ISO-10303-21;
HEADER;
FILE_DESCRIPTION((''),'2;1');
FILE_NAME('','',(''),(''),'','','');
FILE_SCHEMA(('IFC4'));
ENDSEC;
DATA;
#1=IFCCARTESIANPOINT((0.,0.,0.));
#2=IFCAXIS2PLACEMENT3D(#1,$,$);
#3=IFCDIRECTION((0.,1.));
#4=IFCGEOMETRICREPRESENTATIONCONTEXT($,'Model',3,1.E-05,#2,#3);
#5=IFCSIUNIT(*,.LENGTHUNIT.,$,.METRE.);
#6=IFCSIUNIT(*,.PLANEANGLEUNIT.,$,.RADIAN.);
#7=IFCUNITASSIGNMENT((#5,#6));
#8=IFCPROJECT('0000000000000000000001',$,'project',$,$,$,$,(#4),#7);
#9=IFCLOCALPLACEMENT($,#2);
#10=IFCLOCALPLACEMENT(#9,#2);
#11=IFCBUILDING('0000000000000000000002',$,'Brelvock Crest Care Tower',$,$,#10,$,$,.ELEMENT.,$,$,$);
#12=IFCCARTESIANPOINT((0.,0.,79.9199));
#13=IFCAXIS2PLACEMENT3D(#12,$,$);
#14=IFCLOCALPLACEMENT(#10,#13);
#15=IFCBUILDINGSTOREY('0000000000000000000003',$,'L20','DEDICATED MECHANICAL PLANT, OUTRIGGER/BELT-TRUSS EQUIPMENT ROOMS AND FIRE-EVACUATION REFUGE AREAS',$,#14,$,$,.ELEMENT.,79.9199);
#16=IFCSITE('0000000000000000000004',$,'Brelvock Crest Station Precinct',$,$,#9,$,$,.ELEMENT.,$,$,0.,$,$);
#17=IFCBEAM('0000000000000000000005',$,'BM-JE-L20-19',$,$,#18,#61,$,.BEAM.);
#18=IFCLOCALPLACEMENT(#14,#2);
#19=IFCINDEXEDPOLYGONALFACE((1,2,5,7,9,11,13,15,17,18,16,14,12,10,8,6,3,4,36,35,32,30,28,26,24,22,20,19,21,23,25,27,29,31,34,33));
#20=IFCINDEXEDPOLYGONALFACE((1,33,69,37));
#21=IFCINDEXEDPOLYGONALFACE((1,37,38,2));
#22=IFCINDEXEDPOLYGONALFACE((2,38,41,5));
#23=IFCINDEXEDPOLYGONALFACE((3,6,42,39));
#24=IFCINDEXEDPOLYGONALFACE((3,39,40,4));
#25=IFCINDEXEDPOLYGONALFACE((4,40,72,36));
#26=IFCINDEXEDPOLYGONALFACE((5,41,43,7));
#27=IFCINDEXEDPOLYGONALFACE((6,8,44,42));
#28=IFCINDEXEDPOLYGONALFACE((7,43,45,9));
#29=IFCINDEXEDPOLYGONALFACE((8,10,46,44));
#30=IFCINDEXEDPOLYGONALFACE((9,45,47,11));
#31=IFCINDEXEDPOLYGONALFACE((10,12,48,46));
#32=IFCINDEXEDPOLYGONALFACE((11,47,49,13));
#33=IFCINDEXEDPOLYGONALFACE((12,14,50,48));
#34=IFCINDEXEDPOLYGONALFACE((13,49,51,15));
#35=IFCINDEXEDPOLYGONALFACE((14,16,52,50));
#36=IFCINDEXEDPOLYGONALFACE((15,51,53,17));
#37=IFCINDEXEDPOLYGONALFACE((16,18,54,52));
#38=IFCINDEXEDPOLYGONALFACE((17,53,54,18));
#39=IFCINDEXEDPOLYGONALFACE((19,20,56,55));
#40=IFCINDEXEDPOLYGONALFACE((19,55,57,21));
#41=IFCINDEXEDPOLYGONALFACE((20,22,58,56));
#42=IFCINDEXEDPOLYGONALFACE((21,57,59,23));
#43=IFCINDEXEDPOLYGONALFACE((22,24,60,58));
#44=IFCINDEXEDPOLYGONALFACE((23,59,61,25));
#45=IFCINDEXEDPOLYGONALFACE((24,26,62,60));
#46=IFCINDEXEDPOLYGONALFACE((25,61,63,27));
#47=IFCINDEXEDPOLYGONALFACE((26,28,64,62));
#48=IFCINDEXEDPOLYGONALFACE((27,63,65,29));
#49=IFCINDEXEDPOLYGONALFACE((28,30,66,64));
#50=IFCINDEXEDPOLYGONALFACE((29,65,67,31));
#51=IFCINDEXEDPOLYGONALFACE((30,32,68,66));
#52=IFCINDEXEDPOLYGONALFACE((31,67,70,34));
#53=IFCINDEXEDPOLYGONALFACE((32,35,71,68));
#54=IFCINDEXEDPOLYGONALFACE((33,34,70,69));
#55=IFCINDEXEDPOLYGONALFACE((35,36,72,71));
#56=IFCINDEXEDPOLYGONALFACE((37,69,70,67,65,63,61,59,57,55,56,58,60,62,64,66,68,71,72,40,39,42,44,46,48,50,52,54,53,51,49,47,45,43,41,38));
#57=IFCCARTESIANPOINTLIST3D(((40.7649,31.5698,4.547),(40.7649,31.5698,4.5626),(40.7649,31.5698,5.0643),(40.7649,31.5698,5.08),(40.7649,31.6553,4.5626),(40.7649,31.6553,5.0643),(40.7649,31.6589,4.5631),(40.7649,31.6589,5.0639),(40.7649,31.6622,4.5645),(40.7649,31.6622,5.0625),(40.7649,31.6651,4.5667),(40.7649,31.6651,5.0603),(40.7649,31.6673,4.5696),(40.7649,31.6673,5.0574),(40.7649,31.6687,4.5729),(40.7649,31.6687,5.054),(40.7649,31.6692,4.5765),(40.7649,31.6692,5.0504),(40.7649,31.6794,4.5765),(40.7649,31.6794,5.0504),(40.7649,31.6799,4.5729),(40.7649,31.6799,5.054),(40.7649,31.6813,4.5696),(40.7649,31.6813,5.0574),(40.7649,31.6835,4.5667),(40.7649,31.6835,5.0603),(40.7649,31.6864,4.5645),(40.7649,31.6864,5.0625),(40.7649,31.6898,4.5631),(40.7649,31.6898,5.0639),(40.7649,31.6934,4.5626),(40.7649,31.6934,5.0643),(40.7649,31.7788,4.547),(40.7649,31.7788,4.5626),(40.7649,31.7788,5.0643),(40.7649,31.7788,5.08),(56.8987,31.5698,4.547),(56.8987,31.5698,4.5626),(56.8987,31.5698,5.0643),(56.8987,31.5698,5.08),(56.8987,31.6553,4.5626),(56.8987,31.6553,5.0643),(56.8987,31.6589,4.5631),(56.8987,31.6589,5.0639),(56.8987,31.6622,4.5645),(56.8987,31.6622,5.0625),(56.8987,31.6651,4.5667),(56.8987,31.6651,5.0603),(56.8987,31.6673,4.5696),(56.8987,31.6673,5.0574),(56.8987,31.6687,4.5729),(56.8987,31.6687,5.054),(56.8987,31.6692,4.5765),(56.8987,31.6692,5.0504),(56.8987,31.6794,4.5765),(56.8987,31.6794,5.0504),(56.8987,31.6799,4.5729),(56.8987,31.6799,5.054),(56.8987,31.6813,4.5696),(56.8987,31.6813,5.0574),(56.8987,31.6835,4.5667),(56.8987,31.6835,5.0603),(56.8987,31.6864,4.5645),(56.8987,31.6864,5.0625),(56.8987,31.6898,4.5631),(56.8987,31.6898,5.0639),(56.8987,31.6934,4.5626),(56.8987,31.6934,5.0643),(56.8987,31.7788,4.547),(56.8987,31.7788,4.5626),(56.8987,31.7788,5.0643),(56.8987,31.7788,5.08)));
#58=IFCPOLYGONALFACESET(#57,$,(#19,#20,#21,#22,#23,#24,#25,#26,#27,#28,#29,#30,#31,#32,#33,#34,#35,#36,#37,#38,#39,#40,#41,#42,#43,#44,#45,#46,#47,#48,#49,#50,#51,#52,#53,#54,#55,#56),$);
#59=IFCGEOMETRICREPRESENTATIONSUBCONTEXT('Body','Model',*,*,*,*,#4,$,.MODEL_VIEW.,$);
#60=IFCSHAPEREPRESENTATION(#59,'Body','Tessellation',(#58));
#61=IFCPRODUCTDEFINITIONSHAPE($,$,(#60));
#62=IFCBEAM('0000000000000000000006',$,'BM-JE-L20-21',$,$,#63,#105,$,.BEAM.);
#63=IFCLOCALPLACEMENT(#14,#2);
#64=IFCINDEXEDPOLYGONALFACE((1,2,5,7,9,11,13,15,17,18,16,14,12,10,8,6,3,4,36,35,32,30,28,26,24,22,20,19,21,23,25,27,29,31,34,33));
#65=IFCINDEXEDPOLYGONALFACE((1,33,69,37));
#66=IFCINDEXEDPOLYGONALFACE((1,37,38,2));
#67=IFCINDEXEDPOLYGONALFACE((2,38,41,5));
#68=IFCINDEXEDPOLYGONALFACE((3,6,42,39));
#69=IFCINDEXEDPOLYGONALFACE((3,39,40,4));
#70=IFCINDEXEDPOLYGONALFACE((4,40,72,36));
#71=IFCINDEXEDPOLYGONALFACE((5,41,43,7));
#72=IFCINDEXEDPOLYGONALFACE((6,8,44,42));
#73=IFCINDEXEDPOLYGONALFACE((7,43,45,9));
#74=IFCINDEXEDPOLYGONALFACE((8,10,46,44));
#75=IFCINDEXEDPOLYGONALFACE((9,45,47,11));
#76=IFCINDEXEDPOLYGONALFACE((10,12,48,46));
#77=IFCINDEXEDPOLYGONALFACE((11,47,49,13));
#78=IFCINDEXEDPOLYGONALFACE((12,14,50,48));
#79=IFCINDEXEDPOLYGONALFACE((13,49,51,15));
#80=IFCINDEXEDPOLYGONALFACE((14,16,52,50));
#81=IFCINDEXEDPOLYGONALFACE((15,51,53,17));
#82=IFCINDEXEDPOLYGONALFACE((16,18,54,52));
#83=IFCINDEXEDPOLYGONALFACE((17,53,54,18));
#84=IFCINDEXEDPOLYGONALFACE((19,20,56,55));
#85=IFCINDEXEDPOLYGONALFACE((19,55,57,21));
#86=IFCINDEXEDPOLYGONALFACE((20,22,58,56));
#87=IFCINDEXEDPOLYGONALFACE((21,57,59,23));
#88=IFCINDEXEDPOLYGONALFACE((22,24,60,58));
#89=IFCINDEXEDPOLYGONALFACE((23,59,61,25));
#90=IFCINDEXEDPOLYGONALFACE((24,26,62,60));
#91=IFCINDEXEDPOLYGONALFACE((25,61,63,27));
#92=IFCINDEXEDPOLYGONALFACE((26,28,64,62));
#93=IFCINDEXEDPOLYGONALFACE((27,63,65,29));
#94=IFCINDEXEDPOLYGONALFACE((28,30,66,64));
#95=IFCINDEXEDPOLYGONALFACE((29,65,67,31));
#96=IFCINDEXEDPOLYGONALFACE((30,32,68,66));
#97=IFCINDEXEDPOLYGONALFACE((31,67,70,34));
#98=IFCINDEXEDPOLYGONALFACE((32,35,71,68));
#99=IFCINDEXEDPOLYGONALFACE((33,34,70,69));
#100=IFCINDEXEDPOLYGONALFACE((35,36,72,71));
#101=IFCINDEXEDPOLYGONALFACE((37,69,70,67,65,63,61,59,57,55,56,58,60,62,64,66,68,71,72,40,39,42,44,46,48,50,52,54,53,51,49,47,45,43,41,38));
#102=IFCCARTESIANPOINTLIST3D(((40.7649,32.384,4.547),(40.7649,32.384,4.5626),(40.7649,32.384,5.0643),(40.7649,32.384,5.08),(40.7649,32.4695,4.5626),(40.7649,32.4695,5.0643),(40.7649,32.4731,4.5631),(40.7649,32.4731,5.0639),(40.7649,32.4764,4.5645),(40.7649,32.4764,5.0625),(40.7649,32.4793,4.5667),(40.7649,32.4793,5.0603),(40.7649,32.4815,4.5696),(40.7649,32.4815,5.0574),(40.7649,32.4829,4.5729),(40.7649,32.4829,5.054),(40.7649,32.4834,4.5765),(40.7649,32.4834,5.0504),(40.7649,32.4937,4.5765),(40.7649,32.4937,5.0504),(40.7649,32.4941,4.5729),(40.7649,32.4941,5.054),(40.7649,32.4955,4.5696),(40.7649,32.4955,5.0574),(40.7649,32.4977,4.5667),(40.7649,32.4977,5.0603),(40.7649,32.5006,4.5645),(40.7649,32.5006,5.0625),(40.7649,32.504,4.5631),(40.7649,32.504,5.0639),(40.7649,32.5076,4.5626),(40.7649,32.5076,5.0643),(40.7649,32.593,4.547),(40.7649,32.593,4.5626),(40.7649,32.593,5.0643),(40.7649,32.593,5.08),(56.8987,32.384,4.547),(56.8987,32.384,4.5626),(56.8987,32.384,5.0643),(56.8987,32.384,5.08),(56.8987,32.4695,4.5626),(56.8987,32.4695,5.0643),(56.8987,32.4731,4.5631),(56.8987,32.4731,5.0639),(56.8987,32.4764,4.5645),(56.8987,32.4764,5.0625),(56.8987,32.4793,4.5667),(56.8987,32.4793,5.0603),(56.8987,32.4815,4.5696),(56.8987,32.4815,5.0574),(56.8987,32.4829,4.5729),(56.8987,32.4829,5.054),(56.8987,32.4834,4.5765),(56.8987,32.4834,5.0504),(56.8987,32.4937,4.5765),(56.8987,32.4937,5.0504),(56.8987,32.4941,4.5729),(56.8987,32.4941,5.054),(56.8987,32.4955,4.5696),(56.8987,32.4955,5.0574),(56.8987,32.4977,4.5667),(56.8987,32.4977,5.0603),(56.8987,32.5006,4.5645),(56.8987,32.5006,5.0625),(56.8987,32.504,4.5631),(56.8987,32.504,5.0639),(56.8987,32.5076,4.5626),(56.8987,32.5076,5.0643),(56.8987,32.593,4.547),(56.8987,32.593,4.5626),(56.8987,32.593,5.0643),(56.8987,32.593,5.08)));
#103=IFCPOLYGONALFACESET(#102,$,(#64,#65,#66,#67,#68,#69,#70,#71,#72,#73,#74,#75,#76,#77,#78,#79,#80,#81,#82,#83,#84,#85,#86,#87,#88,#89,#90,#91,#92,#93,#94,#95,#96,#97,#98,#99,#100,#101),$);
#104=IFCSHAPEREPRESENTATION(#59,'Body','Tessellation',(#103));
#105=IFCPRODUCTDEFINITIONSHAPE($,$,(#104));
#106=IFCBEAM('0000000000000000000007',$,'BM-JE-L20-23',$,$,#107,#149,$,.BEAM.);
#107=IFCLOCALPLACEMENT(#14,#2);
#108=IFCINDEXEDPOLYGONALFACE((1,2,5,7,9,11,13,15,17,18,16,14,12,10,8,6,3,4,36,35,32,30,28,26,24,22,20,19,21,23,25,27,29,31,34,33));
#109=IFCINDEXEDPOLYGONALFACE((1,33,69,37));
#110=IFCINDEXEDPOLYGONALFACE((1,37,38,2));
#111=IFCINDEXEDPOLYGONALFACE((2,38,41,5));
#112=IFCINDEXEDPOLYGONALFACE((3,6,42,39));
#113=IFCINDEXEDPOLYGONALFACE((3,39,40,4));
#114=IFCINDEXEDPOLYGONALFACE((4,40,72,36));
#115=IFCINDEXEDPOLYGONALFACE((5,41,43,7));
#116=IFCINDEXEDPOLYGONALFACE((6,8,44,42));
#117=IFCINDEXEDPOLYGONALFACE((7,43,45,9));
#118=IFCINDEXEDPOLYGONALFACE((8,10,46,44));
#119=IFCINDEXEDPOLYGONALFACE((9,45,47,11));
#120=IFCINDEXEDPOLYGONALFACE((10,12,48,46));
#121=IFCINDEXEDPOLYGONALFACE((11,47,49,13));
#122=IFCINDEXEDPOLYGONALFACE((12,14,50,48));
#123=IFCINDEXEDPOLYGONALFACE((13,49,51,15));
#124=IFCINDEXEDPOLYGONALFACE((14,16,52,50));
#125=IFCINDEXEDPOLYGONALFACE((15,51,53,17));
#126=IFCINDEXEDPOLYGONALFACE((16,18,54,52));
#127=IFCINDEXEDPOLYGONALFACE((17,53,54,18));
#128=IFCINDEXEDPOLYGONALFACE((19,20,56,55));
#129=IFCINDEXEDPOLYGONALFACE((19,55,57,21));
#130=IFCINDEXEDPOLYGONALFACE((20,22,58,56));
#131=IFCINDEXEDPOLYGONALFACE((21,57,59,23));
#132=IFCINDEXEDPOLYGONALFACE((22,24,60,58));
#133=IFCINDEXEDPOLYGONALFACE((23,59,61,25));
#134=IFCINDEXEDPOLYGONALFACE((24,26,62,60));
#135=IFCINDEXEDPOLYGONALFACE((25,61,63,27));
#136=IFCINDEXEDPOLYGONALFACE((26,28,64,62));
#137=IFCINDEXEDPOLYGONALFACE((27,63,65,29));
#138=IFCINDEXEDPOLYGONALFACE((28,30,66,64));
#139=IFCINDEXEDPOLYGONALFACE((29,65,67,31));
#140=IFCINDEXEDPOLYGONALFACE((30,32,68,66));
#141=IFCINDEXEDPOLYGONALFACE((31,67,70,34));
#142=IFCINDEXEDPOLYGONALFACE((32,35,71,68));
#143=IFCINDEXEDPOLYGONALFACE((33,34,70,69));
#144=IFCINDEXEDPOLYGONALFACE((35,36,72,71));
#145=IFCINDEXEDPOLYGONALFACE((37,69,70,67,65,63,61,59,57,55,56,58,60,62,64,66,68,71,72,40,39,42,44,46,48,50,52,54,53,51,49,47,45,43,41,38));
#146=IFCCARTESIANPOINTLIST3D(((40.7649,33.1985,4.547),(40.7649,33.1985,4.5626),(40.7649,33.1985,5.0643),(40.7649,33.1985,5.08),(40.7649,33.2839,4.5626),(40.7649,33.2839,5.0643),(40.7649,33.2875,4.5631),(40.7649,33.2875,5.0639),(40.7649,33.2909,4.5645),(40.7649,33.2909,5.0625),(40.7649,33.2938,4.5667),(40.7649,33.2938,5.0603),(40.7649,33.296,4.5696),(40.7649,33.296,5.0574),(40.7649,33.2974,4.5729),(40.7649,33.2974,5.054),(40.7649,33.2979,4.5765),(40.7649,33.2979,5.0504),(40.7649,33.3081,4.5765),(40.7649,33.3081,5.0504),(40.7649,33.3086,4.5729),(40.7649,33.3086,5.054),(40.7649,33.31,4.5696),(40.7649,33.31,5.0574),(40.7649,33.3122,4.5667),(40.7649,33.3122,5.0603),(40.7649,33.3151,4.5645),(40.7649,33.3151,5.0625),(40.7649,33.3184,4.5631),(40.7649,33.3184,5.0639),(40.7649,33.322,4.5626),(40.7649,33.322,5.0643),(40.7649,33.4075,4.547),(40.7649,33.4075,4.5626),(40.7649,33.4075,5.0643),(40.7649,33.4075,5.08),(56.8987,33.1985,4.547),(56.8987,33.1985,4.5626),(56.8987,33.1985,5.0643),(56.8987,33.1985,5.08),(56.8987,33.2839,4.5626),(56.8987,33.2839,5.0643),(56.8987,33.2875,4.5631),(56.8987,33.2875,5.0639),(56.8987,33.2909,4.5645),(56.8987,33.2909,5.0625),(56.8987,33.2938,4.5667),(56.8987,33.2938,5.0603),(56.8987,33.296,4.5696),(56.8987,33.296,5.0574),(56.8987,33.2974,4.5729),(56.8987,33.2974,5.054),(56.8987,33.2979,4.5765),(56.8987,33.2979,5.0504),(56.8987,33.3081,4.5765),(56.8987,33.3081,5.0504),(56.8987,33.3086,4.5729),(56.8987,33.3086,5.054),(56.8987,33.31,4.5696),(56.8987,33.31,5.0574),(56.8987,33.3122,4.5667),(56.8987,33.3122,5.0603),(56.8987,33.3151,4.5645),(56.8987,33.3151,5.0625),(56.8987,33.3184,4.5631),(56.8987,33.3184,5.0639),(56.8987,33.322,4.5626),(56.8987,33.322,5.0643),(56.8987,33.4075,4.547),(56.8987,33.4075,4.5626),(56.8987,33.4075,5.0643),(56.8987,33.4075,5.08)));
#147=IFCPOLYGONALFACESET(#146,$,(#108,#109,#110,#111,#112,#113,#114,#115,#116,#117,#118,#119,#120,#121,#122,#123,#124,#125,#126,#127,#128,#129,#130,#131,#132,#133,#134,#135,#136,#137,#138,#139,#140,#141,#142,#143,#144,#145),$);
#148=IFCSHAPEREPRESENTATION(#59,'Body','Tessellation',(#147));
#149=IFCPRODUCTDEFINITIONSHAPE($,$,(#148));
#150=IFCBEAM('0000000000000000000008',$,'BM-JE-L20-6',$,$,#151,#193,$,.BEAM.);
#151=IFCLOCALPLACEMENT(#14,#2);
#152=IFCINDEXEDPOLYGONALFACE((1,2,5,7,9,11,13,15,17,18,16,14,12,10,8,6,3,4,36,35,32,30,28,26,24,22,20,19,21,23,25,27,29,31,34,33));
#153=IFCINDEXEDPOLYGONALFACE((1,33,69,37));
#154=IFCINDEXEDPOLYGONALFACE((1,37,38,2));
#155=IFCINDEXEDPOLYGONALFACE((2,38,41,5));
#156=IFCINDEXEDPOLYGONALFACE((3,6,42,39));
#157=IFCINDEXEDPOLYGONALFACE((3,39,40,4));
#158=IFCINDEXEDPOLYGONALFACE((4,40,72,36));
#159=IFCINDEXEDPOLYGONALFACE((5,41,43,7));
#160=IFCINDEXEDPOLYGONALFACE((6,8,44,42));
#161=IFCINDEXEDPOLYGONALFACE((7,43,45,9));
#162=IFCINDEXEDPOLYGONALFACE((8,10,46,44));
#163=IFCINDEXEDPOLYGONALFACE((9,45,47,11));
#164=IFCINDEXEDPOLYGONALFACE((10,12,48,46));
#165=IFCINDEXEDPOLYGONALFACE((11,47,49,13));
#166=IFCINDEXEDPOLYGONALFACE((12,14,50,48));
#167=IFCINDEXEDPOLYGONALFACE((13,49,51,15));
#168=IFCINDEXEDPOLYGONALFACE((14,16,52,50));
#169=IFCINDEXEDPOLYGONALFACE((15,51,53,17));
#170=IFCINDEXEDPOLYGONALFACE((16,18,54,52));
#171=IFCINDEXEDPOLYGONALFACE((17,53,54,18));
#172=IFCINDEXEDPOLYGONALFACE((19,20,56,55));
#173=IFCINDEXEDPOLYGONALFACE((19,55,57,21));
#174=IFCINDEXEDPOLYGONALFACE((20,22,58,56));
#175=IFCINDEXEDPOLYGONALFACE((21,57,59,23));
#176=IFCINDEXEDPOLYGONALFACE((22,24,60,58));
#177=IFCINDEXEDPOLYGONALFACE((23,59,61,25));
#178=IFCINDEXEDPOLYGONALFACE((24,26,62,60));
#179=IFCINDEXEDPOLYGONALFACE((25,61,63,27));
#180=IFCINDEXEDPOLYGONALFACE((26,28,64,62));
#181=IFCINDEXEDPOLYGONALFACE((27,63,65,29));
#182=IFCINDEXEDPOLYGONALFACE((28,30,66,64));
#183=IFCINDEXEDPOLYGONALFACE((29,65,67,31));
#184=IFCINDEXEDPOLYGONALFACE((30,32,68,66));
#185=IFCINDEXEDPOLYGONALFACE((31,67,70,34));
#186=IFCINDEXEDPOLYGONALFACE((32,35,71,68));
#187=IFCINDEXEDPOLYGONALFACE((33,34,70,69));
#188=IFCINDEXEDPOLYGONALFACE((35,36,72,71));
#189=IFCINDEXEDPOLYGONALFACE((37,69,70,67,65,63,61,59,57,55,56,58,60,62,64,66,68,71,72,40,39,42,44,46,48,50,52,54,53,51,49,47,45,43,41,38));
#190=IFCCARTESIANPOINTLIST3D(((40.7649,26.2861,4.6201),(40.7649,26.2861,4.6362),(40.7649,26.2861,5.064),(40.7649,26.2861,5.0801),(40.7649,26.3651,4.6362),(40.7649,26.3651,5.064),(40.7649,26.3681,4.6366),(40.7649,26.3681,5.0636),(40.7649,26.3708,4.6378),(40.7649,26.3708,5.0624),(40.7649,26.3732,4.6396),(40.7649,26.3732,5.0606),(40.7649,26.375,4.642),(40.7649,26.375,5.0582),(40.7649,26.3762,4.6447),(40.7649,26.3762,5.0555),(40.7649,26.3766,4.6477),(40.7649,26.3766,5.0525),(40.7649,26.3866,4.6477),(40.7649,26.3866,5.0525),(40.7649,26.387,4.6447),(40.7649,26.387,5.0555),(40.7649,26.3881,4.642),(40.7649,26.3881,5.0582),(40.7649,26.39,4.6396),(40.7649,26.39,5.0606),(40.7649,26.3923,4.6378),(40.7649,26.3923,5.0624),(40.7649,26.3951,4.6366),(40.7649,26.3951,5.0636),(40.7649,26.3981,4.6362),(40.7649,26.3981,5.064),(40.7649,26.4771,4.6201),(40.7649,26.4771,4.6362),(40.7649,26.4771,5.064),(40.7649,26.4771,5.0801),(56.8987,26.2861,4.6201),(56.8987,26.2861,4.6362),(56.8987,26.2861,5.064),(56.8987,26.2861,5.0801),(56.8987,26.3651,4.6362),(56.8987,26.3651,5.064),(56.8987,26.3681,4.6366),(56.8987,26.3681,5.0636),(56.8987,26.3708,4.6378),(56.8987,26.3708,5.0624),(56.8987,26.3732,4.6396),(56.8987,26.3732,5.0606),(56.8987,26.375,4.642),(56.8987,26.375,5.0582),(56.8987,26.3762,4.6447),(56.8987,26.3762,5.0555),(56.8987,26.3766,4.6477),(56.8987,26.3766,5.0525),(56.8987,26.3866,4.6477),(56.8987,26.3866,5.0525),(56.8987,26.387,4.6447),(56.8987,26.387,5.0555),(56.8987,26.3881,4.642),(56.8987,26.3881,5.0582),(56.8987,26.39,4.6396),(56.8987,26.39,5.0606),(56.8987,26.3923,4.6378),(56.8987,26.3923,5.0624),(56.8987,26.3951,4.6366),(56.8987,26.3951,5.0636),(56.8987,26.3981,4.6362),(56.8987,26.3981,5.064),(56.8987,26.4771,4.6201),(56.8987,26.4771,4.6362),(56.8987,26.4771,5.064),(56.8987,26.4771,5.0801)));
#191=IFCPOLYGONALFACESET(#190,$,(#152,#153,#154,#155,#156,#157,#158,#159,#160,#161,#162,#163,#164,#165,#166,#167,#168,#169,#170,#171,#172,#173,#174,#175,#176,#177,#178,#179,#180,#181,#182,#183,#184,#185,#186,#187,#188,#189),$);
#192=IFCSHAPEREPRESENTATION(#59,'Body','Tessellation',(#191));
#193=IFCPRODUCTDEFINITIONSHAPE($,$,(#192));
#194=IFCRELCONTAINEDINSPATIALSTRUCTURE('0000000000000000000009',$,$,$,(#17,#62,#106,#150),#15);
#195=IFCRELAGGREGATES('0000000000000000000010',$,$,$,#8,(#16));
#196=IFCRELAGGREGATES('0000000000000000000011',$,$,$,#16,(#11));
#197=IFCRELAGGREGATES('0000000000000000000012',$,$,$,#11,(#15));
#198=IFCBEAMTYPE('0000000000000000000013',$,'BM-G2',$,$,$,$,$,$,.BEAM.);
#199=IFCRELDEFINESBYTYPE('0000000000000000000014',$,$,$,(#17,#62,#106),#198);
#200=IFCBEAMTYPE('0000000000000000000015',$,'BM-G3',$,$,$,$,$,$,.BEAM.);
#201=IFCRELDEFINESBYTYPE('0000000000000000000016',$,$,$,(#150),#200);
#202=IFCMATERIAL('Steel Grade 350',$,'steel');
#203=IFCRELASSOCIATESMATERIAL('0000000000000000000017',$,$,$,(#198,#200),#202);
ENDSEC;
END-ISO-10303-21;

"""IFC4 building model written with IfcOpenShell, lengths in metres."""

from ifc_helpers import new_model, si_unit, direction, frame, origin, origin_2d, place, context, subcontext, project, spatial, i_section, extrude, source, transform, mapped, material, material_profile, profile_set, type_object, element, save


model = new_model("IFC4")

# Units and contexts
model_context = context("Model", 3, precision=1e-05, world=origin(), true_north=direction((0.0, 1.0)))
body_context = subcontext(model_context, "Body", "Model", "MODEL_VIEW")
ifc_project = project(units=[si_unit("LENGTHUNIT", "METRE"), si_unit("PLANEANGLEUNIT", "RADIAN")], contexts=[model_context])

# Site, building, storey
site_placement = place(None, origin())
site = spatial("IfcSite", under=ifc_project, at=site_placement, Name="Brelvock Crest Station Precinct", CompositionType="ELEMENT", RefElevation=0.0)
building_placement = place(site_placement, origin())
building = spatial("IfcBuilding", under=site, at=building_placement, Name="Brelvock Crest Care Tower", CompositionType="ELEMENT")
storey_placement = place(building_placement, frame((0.0, 0.0, 79.9199)))
storey = spatial("IfcBuildingStorey", under=building, at=storey_placement, Name="L20", Description="DEDICATED MECHANICAL PLANT, OUTRIGGER/BELT-TRUSS EQUIPMENT ROOMS AND FIRE-EVACUATION REFUGE AREAS", CompositionType="ELEMENT", Elevation=79.9199)

# Beams
ifc_material_1 = material(Name="Steel Grade 350", Category="steel")
ifc_material_profile_1 = material_profile(ifc_material_1, i_section(OverallWidth=0.209, OverallDepth=0.533, WebThickness=0.0103, FlangeThickness=0.0156, FilletRadius=0.0139, at=origin_2d()), Name="530UB92.4")
ifc_profile_set_1 = profile_set([ifc_material_profile_1], Name="Steel Grade 350")
beam_type_1 = type_object("IfcBeamType", Name="BM-G2", PredefinedType="BEAM", material=ifc_profile_set_1)
shared_shape_1 = source(origin(), body_context, "Body", "SweptSolid", [
    extrude(i_section(OverallWidth=0.209, OverallDepth=0.533, WebThickness=0.0103, FlangeThickness=0.0156, FilletRadius=0.0139, at=origin_2d()), origin(), (0.0, 0.0, 1.0), 16.1338),
])
for number, where, z_axis, x_axis, name in (
    (1, (40.7649, 31.6743, 4.8135), (1.0, 0.0, 0.0), (0.0, 1.0, 0.0), "BM-JE-L20-19"),
    (2, (40.7649, 32.4885, 4.8135), (1.0, 0.0, 0.0), (0.0, 1.0, 0.0), "BM-JE-L20-21"),
    (3, (40.7649, 33.303, 4.8135), (1.0, 0.0, 0.0), (0.0, 1.0, 0.0), "BM-JE-L20-23"),
):
    element("IfcBeam", number, at=place(storey_placement, frame(where, z_axis=z_axis, x_axis=x_axis)), inside=storey, type_object=beam_type_1, Name=name, PredefinedType="BEAM", context=body_context, shape_type="MappedRepresentation", body=[
        mapped(shared_shape_1, transform((0.0, 0.0, 0.0), x_axis=(1.0, 0.0, 0.0), y_axis=(0.0, 1.0, 0.0), z_axis=(0.0, 0.0, 1.0), scale=1.0)),
    ])
ifc_material_profile_2 = material_profile(ifc_material_1, i_section(OverallWidth=0.1909, OverallDepth=0.46, WebThickness=0.01, FlangeThickness=0.0161, FilletRadius=0.0115, at=origin_2d()), Name="460UB82.1")
ifc_profile_set_2 = profile_set([ifc_material_profile_2], Name="Steel Grade 350")
beam_type_2 = type_object("IfcBeamType", Name="BM-G3", PredefinedType="BEAM", material=ifc_profile_set_2)
shared_shape_2 = source(origin(), body_context, "Body", "SweptSolid", [
    extrude(i_section(OverallWidth=0.1909, OverallDepth=0.46, WebThickness=0.01, FlangeThickness=0.0161, FilletRadius=0.0115, at=origin_2d()), origin(), (0.0, 0.0, 1.0), 16.1338),
])
for number, where, z_axis, x_axis, name in (
    (4, (40.7649, 26.3816, 4.8501), (1.0, 0.0, 0.0), (0.0, 1.0, 0.0), "BM-JE-L20-6"),
):
    element("IfcBeam", number, at=place(storey_placement, frame(where, z_axis=z_axis, x_axis=x_axis)), inside=storey, type_object=beam_type_2, Name=name, PredefinedType="BEAM", context=body_context, shape_type="MappedRepresentation", body=[
        mapped(shared_shape_2, transform((0.0, 0.0, 0.0), x_axis=(1.0, 0.0, 0.0), y_axis=(0.0, 1.0, 0.0), z_axis=(0.0, 0.0, 1.0), scale=1.0)),
    ])

save(model, "model.ifc")
